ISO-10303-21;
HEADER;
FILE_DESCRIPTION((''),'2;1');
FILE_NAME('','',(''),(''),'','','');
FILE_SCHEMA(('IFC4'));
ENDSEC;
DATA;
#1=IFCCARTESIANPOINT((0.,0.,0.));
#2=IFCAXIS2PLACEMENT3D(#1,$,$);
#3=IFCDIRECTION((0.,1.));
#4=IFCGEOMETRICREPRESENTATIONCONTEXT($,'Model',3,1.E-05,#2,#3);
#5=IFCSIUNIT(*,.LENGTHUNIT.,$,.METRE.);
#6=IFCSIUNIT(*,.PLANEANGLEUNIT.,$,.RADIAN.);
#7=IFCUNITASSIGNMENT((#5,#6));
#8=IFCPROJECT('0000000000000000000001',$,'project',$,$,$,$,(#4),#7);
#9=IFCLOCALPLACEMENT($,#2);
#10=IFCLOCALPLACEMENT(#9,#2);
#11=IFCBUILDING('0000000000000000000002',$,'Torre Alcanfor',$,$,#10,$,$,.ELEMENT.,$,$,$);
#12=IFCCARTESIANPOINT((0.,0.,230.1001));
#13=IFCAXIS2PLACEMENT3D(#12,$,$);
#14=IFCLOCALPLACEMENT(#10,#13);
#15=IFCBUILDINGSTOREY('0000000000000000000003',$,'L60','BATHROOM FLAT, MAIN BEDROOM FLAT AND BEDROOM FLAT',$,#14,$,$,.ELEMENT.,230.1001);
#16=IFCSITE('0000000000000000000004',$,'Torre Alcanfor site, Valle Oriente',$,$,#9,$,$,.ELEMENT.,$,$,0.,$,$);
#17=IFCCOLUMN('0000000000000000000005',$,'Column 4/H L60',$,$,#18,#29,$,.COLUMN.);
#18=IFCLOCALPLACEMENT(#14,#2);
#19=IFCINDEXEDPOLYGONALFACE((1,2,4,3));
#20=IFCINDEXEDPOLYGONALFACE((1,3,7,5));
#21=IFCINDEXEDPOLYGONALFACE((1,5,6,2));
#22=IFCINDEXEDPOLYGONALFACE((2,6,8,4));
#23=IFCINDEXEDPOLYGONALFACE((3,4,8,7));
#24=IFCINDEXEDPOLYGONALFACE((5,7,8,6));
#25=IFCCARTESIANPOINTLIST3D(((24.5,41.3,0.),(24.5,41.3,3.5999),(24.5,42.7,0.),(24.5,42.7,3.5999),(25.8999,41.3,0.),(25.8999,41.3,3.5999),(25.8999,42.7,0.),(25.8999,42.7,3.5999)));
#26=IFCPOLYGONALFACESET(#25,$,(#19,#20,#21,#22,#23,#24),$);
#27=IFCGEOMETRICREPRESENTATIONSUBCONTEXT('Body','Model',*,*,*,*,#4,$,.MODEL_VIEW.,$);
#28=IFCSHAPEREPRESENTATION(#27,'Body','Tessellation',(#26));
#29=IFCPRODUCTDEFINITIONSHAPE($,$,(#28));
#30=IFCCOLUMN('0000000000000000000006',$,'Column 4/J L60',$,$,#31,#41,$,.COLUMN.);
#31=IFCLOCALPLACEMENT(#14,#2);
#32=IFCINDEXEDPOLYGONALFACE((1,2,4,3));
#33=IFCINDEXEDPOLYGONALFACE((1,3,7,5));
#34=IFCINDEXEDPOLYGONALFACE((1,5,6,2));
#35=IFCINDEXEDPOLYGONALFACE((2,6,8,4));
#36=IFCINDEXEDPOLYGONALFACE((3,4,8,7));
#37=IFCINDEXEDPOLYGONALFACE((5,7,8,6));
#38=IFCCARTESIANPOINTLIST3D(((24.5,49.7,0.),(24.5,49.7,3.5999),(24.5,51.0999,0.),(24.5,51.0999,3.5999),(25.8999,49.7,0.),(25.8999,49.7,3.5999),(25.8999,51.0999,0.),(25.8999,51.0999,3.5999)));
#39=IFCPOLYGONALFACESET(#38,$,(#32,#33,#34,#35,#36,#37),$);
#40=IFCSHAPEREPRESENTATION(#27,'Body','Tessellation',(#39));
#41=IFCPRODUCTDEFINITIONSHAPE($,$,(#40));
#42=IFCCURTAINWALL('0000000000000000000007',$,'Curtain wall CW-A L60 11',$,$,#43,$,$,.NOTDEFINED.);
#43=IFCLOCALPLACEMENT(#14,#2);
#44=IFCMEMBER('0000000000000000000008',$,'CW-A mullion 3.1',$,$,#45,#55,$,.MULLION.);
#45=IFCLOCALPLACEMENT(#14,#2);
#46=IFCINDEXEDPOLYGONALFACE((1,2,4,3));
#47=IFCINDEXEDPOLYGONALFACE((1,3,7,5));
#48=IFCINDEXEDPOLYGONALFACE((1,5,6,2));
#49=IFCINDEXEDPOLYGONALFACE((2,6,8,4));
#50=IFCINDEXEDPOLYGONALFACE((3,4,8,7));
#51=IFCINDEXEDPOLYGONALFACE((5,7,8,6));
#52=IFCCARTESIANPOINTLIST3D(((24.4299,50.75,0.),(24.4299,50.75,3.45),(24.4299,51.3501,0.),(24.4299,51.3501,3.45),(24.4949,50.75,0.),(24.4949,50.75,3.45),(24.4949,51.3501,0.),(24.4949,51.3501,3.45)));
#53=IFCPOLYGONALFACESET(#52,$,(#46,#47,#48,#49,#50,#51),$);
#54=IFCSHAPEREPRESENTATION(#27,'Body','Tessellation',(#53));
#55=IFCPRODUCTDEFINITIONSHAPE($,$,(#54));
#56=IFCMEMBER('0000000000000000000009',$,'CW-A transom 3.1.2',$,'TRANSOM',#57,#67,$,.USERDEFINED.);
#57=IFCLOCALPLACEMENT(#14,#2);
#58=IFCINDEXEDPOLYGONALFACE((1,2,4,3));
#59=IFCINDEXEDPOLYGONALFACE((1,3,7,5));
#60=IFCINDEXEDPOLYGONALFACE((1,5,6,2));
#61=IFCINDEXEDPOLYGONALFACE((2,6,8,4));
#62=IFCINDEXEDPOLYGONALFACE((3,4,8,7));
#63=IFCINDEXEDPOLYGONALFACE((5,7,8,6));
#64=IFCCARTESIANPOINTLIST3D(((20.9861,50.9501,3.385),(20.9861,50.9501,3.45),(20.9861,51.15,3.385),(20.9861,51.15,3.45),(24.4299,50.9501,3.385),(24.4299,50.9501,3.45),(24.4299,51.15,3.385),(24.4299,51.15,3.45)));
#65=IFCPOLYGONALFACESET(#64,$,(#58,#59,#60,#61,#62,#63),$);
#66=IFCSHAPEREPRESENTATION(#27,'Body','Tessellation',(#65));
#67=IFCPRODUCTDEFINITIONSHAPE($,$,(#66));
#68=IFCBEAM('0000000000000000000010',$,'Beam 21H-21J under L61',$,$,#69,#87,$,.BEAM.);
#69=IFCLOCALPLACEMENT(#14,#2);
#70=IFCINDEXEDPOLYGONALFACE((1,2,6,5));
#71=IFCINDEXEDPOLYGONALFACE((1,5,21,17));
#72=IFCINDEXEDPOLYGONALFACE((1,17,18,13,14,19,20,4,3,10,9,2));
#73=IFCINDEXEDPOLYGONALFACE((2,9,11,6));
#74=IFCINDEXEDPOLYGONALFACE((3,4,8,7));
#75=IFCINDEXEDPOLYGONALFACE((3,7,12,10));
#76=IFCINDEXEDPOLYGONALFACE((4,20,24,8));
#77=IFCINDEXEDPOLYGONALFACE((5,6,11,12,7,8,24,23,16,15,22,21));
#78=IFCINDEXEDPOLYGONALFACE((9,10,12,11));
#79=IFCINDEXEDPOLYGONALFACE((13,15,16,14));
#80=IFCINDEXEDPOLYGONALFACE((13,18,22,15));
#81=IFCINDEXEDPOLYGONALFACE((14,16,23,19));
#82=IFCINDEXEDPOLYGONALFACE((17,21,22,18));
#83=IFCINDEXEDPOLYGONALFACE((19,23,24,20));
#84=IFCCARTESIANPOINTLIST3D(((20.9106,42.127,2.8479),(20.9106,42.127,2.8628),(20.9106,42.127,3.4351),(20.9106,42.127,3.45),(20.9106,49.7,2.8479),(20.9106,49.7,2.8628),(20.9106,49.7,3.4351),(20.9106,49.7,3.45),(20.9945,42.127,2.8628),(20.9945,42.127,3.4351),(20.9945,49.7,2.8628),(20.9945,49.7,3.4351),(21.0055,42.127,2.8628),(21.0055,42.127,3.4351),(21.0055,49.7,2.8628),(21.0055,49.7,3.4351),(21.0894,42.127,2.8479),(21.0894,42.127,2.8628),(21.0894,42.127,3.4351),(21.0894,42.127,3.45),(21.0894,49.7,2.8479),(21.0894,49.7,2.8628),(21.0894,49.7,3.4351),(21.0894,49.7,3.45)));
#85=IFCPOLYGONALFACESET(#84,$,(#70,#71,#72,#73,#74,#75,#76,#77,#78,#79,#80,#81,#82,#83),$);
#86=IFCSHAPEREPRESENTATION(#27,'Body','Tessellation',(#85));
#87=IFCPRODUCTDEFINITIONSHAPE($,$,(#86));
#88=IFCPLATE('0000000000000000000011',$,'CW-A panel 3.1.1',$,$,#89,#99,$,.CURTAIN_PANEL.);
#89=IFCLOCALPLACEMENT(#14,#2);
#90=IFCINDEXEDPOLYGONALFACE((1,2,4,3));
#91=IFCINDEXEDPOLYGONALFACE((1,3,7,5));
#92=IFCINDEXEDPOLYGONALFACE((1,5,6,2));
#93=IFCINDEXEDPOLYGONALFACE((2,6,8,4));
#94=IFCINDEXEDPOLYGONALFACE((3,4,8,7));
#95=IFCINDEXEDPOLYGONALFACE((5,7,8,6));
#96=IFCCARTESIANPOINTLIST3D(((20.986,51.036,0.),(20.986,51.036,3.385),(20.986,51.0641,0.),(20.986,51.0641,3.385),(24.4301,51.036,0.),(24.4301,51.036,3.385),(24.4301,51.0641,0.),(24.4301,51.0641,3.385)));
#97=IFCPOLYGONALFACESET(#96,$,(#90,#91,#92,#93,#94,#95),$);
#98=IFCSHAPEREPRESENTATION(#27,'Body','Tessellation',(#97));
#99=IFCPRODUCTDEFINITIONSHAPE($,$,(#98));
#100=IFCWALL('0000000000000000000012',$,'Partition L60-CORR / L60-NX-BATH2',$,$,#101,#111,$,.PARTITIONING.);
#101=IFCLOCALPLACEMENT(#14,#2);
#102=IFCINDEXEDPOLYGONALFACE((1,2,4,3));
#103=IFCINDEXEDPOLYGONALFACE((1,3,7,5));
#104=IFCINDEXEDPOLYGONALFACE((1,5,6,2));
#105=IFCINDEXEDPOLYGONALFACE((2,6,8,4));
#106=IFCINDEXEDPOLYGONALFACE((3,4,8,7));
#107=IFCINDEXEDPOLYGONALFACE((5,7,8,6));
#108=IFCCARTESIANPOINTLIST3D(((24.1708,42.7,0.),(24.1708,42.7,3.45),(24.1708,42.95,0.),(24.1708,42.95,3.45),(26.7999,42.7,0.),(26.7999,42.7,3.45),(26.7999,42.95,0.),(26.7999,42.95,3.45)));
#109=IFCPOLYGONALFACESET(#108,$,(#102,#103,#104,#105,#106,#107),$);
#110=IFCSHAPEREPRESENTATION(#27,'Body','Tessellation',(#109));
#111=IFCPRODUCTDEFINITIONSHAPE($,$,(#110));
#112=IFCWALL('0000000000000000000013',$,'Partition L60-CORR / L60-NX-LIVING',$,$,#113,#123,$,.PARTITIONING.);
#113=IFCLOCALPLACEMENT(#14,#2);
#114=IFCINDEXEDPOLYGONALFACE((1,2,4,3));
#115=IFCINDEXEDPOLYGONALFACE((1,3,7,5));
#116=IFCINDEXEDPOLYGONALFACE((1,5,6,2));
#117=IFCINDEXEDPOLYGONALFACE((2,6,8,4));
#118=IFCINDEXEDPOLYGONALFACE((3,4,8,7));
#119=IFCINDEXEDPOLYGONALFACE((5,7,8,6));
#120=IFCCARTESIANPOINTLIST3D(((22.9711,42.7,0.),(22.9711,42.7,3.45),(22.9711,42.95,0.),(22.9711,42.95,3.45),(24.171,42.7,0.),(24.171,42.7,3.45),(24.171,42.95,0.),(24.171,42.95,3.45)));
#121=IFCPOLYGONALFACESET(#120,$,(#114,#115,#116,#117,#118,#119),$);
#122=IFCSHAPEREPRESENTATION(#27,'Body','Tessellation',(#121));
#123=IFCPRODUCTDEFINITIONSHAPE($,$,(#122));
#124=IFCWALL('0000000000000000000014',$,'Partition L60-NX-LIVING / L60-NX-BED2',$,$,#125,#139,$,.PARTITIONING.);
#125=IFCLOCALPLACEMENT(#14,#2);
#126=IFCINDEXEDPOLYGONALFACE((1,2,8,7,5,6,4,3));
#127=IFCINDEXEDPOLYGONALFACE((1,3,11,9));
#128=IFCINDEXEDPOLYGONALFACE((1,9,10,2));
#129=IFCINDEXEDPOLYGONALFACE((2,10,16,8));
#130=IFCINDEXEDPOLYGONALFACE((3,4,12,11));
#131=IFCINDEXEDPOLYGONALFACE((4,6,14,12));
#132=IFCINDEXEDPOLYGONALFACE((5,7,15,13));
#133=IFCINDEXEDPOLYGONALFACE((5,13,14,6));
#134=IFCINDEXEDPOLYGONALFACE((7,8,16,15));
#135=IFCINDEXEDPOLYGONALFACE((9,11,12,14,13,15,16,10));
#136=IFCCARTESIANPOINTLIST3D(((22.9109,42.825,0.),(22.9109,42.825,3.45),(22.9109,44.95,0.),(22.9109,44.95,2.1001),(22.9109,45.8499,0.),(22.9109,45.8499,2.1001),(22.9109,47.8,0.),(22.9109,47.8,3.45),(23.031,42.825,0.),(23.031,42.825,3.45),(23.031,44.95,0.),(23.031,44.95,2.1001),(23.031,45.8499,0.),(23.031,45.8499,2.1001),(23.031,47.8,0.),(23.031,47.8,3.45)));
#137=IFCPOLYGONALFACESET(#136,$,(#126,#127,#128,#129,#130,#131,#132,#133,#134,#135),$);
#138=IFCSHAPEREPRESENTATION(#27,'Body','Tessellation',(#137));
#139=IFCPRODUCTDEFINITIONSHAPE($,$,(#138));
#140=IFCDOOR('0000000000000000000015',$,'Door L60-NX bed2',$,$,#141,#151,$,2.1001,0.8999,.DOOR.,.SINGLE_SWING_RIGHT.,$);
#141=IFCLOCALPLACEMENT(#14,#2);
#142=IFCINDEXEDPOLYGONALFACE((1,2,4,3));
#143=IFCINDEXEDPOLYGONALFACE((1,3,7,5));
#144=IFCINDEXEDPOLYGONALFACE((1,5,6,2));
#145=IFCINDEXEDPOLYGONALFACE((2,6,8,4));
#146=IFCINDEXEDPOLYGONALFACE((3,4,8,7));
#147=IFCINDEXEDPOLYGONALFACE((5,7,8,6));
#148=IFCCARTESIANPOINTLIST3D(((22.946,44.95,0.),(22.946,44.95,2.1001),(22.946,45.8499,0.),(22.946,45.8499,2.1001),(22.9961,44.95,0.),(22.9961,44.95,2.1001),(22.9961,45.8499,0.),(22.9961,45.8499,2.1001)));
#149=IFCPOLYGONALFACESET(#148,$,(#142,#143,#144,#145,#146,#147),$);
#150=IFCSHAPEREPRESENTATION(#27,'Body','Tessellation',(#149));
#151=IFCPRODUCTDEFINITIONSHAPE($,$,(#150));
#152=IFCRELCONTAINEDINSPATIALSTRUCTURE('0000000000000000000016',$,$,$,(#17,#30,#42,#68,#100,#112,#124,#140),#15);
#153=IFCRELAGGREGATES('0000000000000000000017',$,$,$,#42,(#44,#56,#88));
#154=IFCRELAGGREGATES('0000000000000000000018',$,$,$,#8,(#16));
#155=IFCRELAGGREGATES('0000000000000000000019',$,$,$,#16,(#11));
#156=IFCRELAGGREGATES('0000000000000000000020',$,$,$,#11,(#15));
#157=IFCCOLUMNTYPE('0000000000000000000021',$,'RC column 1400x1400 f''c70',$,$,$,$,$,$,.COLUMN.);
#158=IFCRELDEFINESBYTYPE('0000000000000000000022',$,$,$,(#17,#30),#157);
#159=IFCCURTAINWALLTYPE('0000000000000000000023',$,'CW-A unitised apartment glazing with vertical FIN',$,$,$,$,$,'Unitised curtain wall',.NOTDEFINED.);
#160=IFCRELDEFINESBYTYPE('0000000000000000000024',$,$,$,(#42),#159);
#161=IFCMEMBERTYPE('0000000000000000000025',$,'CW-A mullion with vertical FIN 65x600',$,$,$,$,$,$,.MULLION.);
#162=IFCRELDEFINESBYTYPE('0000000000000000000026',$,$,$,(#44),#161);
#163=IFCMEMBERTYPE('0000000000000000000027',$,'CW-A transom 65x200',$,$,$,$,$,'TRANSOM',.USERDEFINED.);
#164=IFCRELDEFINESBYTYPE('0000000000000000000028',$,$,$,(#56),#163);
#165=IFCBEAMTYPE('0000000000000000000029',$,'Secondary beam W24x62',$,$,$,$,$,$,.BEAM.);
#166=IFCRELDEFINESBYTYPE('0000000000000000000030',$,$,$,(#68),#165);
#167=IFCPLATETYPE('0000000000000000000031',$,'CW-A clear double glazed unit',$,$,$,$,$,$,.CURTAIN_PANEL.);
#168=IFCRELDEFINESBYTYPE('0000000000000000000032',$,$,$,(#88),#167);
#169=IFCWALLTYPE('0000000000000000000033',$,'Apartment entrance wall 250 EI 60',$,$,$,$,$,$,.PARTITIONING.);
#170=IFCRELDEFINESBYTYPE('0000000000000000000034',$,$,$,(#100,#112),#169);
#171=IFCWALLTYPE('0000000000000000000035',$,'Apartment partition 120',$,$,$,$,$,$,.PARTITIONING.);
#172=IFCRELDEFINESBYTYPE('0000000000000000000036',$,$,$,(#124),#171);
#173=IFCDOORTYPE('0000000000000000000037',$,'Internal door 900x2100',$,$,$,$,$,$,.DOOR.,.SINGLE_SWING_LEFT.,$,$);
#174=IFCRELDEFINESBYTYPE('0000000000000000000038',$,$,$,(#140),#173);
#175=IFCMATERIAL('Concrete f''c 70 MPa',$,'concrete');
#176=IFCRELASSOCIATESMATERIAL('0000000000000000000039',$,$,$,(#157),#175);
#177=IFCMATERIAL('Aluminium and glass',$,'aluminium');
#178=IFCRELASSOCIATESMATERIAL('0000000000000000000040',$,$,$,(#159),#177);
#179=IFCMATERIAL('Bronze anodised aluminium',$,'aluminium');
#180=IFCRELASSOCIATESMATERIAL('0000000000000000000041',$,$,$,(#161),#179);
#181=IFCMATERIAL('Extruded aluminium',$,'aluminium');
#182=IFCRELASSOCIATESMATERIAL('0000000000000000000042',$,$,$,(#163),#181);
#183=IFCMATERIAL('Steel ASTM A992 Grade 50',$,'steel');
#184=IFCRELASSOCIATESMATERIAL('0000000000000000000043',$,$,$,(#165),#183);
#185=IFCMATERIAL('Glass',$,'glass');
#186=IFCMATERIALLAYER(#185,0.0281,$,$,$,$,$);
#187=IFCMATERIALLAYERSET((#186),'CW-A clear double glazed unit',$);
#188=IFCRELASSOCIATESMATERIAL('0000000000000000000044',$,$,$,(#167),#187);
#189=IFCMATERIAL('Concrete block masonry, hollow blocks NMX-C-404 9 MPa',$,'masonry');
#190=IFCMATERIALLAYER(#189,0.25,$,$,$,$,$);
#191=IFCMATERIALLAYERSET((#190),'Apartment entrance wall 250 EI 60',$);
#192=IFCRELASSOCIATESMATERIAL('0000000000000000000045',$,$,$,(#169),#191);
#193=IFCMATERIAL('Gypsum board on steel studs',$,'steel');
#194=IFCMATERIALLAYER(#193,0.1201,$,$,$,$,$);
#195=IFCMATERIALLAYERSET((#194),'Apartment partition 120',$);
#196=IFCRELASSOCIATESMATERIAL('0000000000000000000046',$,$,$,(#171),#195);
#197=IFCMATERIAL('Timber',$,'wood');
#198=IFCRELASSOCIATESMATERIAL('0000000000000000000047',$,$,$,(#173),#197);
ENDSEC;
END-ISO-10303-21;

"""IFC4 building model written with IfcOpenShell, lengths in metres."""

from ifc_helpers import new_model, si_unit, direction, frame, frame_2d, origin, origin_2d, place, context, subcontext, project, spatial, rectangle, i_section, extrude, material, layer, layer_set, material_profile, profile_set, type_object, element, fill, aggregate, save


model = new_model("IFC4")

# Units and contexts
model_context = context("Model", 3, precision=1e-05, world=origin(), true_north=direction((0.0, 1.0)))
body_context = subcontext(model_context, "Body", "Model", "MODEL_VIEW")
ifc_project = project(units=[si_unit("LENGTHUNIT", "METRE"), si_unit("PLANEANGLEUNIT", "RADIAN")], contexts=[model_context])

# Site, building, storey
site_placement = place(None, origin())
site = spatial("IfcSite", under=ifc_project, at=site_placement, Name="Torre Alcanfor site, Valle Oriente", CompositionType="ELEMENT", RefElevation=0.0)
building_placement = place(site_placement, origin())
building = spatial("IfcBuilding", under=site, at=building_placement, Name="Torre Alcanfor", CompositionType="ELEMENT")
storey_placement = place(building_placement, frame((0.0, 0.0, 230.1001)))
storey = spatial("IfcBuildingStorey", under=building, at=storey_placement, Name="L60", Description="BATHROOM FLAT, MAIN BEDROOM FLAT AND BEDROOM FLAT", CompositionType="ELEMENT", Elevation=230.1001)

# Columns
ifc_material_1 = material(Name="Concrete f'c 70 MPa", Category="concrete")
ifc_material_profile_1 = material_profile(ifc_material_1, rectangle(XDim=1.3999, YDim=1.3999, at=origin_2d()), Name="1400x1400")
ifc_profile_set_1 = profile_set([ifc_material_profile_1], Name="Concrete f'c 70 MPa")
column_type = type_object("IfcColumnType", Name="RC column 1400x1400 f'c70", PredefinedType="COLUMN", material=ifc_profile_set_1)
for number, where, z_axis, x_axis, name in (
    (1, (25.2, 42.0, 0.0), (0.0, 0.0, 1.0), (1.0, 0.0, 0.0), "Column 4/H L60"),
    (2, (25.2, 50.3999, 0.0), (0.0, 0.0, 1.0), (1.0, 0.0, 0.0), "Column 4/J L60"),
):
    element("IfcColumn", number, at=place(storey_placement, frame(where, z_axis=z_axis, x_axis=x_axis)), inside=storey, type_object=column_type, Name=name, PredefinedType="COLUMN", context=body_context, shape_type="SweptSolid", body=[
        extrude(rectangle(XDim=1.3999, YDim=1.3999, at=origin_2d()), origin(), (0.0, 0.0, 1.0), 3.5999),
    ])

# Curtain wall, members
ifc_material_2 = material(Name="Aluminium and glass", Category="aluminium")
curtain_wall_type = type_object("IfcCurtainWallType", Name="CW-A unitised apartment glazing with vertical FIN", ElementType="Unitised curtain wall", PredefinedType="NOTDEFINED", material=ifc_material_2)
curtain_wall_placement = place(storey_placement, origin())
curtain_wall = element("IfcCurtainWall", 3, at=curtain_wall_placement, inside=storey, type_object=curtain_wall_type, Name="Curtain wall CW-A L60 11", PredefinedType="NOTDEFINED")
ifc_material_3 = material(Name="Bronze anodised aluminium", Category="aluminium")
ifc_material_profile_2 = material_profile(ifc_material_3, rectangle(XDim=0.6001, YDim=0.0649, at=origin_2d()), Name="CW-A mullion 65x600")
ifc_profile_set_2 = profile_set([ifc_material_profile_2], Name="Bronze anodised aluminium")
member_type_1 = type_object("IfcMemberType", Name="CW-A mullion with vertical FIN 65x600", PredefinedType="MULLION", material=ifc_profile_set_2)
member_1_placement = place(storey_placement, frame((24.4624, 51.05, 0.0), z_axis=(0.0, 0.0, 1.0), x_axis=(0.0, -1.0, 0.0)))
member_1 = element("IfcMember", 4, at=member_1_placement, type_object=member_type_1, Name="CW-A mullion 3.1", PredefinedType="MULLION", context=body_context, shape_type="SweptSolid", body=[
    extrude(rectangle(XDim=0.6001, YDim=0.0649, at=origin_2d()), origin(), (0.0, 0.0, 1.0), 3.45),
])
ifc_material_4 = material(Name="Extruded aluminium", Category="aluminium")
ifc_material_profile_3 = material_profile(ifc_material_4, rectangle(XDim=0.2, YDim=0.0649, at=origin_2d()), Name="CW-A transom 200x65")
ifc_profile_set_3 = profile_set([ifc_material_profile_3], Name="Extruded aluminium")
member_type_2 = type_object("IfcMemberType", Name="CW-A transom 65x200", ElementType="TRANSOM", PredefinedType="USERDEFINED", material=ifc_profile_set_3)
member_2_placement = place(storey_placement, frame((24.4299, 51.05, 3.4175), z_axis=(-1.0, 0.0, 0.0), x_axis=(0.0, -1.0, 0.0)))
member_2 = element("IfcMember", 5, at=member_2_placement, type_object=member_type_2, Name="CW-A transom 3.1.2", ObjectType="TRANSOM", PredefinedType="USERDEFINED", context=body_context, shape_type="SweptSolid", body=[
    extrude(rectangle(XDim=0.2, YDim=0.0649, at=origin_2d()), origin(), (0.0, 0.0, 1.0), 3.4438),
])

# Beam
ifc_material_5 = material(Name="Steel ASTM A992 Grade 50", Category="steel")
ifc_material_profile_4 = material_profile(ifc_material_5, i_section(OverallWidth=0.1787, OverallDepth=0.6021, WebThickness=0.011, FlangeThickness=0.0149, at=origin_2d()), Name="W24x62")
ifc_profile_set_4 = profile_set([ifc_material_profile_4], Name="Steel ASTM A992 Grade 50")
beam_type = type_object("IfcBeamType", Name="Secondary beam W24x62", PredefinedType="BEAM", material=ifc_profile_set_4)
beam_placement = place(storey_placement, frame((21.0, 42.127, 3.1489), z_axis=(0.0, 1.0, 0.0), x_axis=(-1.0, 0.0, 0.0)))
element("IfcBeam", 6, at=beam_placement, inside=storey, type_object=beam_type, Name="Beam 21H-21J under L61", PredefinedType="BEAM", context=body_context, shape_type="SweptSolid", body=[
    extrude(i_section(OverallWidth=0.1787, OverallDepth=0.6021, WebThickness=0.011, FlangeThickness=0.0149, at=origin_2d()), origin(), (0.0, 0.0, 1.0), 7.573),
])

# Plate
ifc_material_6 = material(Name="Glass", Category="glass")
ifc_layer_1 = layer(ifc_material_6, 0.0281)
ifc_layer_set_1 = layer_set([ifc_layer_1], Name="CW-A clear double glazed unit")
plate_type = type_object("IfcPlateType", Name="CW-A clear double glazed unit", PredefinedType="CURTAIN_PANEL", material=ifc_layer_set_1)
plate_placement = place(storey_placement, frame((22.708, 51.05, 0.0), z_axis=(0.0, 0.0, 1.0), x_axis=(-1.0, 0.0, 0.0)))
plate = element("IfcPlate", 7, at=plate_placement, type_object=plate_type, Name="CW-A panel 3.1.1", PredefinedType="CURTAIN_PANEL", context=body_context, shape_type="SweptSolid", body=[
    extrude(rectangle(XDim=3.4441, YDim=0.0281, at=origin_2d()), origin(), (0.0, 0.0, 1.0), 3.385),
])
aggregate(curtain_wall, [member_1, member_2, plate])

# Walls
ifc_material_7 = material(Name="Concrete block masonry, hollow blocks NMX-C-404 9 MPa", Category="masonry")
ifc_layer_2 = layer(ifc_material_7, 0.25)
ifc_layer_set_2 = layer_set([ifc_layer_2], Name="Apartment entrance wall 250 EI 60")
wall_type_1 = type_object("IfcWallType", Name="Apartment entrance wall 250 EI 60", PredefinedType="PARTITIONING", material=ifc_layer_set_2)
wall_1_placement = place(storey_placement, frame((24.1709, 42.825, 0.0), z_axis=(0.0, 0.0, 1.0), x_axis=(1.0, 0.0, 0.0)))
element("IfcWall", 8, at=wall_1_placement, inside=storey, type_object=wall_type_1, Name="Partition L60-CORR / L60-NX-BATH2", PredefinedType="PARTITIONING", context=body_context, shape_type="SweptSolid", body=[
    extrude(rectangle(XDim=2.6292, YDim=0.25, at=frame_2d((1.3145, 0.0))), origin(), (0.0, 0.0, 1.0), 3.45),
])
wall_2_placement = place(storey_placement, frame((22.9709, 42.825, 0.0), z_axis=(0.0, 0.0, 1.0), x_axis=(1.0, 0.0, 0.0)))
element("IfcWall", 9, at=wall_2_placement, inside=storey, type_object=wall_type_1, Name="Partition L60-CORR / L60-NX-LIVING", PredefinedType="PARTITIONING", context=body_context, shape_type="SweptSolid", body=[
    extrude(rectangle(XDim=1.2, YDim=0.25, at=frame_2d((0.6001, 0.0))), origin(), (0.0, 0.0, 1.0), 3.45),
])

# Wall, opening, door
ifc_material_8 = material(Name="Gypsum board on steel studs", Category="steel")
ifc_layer_3 = layer(ifc_material_8, 0.1201)
ifc_layer_set_3 = layer_set([ifc_layer_3], Name="Apartment partition 120")
wall_type_2 = type_object("IfcWallType", Name="Apartment partition 120", PredefinedType="PARTITIONING", material=ifc_layer_set_3)
wall_3_placement = place(storey_placement, frame((22.9709, 42.825, 0.0), z_axis=(0.0, 0.0, 1.0), x_axis=(0.0, 1.0, 0.0)))
wall_3 = element("IfcWall", 10, at=wall_3_placement, inside=storey, type_object=wall_type_2, Name="Partition L60-NX-LIVING / L60-NX-BED2", PredefinedType="PARTITIONING", context=body_context, shape_type="SweptSolid", body=[
    extrude(rectangle(XDim=4.9751, YDim=0.1201, at=frame_2d((2.4875, 0.0))), origin(), (0.0, 0.0, 1.0), 3.45),
])
opening_1_placement = place(wall_3_placement, frame((2.125, 0.0, 0.0)))
opening_1 = element("IfcOpeningElement", 11, at=opening_1_placement, cuts=wall_3, PredefinedType="OPENING", context=body_context, shape_type="SweptSolid", body=[
    extrude(rectangle(XDim=0.8999, YDim=2.1001, at=frame_2d((0.45, 1.05))), frame((0.0, 0.0701, 0.0), z_axis=(0.0, -1.0, 0.0), x_axis=(1.0, 0.0, 0.0)), (0.0, 0.0, 1.0), 0.1401),
])
ifc_material_9 = material(Name="Timber", Category="wood")
door_type = type_object("IfcDoorType", Name="Internal door 900x2100", OperationType="SINGLE_SWING_LEFT", PredefinedType="DOOR", material=ifc_material_9)
door_1_placement = place(opening_1_placement, origin())
door_1 = element("IfcDoor", 12, at=door_1_placement, inside=storey, type_object=door_type, Name="Door L60-NX bed2", OperationType="SINGLE_SWING_RIGHT", OverallHeight=2.1001, OverallWidth=0.8999, PredefinedType="DOOR", context=body_context, shape_type="SweptSolid", body=[
    extrude(rectangle(XDim=0.8999, YDim=2.1001, at=frame_2d((0.45, 1.05))), frame((0.0, 0.0249, 0.0), z_axis=(0.0, -1.0, 0.0), x_axis=(1.0, 0.0, 0.0)), (0.0, 0.0, 1.0), 0.05),
])
fill(opening_1, door_1)

save(model, "model.ifc")
